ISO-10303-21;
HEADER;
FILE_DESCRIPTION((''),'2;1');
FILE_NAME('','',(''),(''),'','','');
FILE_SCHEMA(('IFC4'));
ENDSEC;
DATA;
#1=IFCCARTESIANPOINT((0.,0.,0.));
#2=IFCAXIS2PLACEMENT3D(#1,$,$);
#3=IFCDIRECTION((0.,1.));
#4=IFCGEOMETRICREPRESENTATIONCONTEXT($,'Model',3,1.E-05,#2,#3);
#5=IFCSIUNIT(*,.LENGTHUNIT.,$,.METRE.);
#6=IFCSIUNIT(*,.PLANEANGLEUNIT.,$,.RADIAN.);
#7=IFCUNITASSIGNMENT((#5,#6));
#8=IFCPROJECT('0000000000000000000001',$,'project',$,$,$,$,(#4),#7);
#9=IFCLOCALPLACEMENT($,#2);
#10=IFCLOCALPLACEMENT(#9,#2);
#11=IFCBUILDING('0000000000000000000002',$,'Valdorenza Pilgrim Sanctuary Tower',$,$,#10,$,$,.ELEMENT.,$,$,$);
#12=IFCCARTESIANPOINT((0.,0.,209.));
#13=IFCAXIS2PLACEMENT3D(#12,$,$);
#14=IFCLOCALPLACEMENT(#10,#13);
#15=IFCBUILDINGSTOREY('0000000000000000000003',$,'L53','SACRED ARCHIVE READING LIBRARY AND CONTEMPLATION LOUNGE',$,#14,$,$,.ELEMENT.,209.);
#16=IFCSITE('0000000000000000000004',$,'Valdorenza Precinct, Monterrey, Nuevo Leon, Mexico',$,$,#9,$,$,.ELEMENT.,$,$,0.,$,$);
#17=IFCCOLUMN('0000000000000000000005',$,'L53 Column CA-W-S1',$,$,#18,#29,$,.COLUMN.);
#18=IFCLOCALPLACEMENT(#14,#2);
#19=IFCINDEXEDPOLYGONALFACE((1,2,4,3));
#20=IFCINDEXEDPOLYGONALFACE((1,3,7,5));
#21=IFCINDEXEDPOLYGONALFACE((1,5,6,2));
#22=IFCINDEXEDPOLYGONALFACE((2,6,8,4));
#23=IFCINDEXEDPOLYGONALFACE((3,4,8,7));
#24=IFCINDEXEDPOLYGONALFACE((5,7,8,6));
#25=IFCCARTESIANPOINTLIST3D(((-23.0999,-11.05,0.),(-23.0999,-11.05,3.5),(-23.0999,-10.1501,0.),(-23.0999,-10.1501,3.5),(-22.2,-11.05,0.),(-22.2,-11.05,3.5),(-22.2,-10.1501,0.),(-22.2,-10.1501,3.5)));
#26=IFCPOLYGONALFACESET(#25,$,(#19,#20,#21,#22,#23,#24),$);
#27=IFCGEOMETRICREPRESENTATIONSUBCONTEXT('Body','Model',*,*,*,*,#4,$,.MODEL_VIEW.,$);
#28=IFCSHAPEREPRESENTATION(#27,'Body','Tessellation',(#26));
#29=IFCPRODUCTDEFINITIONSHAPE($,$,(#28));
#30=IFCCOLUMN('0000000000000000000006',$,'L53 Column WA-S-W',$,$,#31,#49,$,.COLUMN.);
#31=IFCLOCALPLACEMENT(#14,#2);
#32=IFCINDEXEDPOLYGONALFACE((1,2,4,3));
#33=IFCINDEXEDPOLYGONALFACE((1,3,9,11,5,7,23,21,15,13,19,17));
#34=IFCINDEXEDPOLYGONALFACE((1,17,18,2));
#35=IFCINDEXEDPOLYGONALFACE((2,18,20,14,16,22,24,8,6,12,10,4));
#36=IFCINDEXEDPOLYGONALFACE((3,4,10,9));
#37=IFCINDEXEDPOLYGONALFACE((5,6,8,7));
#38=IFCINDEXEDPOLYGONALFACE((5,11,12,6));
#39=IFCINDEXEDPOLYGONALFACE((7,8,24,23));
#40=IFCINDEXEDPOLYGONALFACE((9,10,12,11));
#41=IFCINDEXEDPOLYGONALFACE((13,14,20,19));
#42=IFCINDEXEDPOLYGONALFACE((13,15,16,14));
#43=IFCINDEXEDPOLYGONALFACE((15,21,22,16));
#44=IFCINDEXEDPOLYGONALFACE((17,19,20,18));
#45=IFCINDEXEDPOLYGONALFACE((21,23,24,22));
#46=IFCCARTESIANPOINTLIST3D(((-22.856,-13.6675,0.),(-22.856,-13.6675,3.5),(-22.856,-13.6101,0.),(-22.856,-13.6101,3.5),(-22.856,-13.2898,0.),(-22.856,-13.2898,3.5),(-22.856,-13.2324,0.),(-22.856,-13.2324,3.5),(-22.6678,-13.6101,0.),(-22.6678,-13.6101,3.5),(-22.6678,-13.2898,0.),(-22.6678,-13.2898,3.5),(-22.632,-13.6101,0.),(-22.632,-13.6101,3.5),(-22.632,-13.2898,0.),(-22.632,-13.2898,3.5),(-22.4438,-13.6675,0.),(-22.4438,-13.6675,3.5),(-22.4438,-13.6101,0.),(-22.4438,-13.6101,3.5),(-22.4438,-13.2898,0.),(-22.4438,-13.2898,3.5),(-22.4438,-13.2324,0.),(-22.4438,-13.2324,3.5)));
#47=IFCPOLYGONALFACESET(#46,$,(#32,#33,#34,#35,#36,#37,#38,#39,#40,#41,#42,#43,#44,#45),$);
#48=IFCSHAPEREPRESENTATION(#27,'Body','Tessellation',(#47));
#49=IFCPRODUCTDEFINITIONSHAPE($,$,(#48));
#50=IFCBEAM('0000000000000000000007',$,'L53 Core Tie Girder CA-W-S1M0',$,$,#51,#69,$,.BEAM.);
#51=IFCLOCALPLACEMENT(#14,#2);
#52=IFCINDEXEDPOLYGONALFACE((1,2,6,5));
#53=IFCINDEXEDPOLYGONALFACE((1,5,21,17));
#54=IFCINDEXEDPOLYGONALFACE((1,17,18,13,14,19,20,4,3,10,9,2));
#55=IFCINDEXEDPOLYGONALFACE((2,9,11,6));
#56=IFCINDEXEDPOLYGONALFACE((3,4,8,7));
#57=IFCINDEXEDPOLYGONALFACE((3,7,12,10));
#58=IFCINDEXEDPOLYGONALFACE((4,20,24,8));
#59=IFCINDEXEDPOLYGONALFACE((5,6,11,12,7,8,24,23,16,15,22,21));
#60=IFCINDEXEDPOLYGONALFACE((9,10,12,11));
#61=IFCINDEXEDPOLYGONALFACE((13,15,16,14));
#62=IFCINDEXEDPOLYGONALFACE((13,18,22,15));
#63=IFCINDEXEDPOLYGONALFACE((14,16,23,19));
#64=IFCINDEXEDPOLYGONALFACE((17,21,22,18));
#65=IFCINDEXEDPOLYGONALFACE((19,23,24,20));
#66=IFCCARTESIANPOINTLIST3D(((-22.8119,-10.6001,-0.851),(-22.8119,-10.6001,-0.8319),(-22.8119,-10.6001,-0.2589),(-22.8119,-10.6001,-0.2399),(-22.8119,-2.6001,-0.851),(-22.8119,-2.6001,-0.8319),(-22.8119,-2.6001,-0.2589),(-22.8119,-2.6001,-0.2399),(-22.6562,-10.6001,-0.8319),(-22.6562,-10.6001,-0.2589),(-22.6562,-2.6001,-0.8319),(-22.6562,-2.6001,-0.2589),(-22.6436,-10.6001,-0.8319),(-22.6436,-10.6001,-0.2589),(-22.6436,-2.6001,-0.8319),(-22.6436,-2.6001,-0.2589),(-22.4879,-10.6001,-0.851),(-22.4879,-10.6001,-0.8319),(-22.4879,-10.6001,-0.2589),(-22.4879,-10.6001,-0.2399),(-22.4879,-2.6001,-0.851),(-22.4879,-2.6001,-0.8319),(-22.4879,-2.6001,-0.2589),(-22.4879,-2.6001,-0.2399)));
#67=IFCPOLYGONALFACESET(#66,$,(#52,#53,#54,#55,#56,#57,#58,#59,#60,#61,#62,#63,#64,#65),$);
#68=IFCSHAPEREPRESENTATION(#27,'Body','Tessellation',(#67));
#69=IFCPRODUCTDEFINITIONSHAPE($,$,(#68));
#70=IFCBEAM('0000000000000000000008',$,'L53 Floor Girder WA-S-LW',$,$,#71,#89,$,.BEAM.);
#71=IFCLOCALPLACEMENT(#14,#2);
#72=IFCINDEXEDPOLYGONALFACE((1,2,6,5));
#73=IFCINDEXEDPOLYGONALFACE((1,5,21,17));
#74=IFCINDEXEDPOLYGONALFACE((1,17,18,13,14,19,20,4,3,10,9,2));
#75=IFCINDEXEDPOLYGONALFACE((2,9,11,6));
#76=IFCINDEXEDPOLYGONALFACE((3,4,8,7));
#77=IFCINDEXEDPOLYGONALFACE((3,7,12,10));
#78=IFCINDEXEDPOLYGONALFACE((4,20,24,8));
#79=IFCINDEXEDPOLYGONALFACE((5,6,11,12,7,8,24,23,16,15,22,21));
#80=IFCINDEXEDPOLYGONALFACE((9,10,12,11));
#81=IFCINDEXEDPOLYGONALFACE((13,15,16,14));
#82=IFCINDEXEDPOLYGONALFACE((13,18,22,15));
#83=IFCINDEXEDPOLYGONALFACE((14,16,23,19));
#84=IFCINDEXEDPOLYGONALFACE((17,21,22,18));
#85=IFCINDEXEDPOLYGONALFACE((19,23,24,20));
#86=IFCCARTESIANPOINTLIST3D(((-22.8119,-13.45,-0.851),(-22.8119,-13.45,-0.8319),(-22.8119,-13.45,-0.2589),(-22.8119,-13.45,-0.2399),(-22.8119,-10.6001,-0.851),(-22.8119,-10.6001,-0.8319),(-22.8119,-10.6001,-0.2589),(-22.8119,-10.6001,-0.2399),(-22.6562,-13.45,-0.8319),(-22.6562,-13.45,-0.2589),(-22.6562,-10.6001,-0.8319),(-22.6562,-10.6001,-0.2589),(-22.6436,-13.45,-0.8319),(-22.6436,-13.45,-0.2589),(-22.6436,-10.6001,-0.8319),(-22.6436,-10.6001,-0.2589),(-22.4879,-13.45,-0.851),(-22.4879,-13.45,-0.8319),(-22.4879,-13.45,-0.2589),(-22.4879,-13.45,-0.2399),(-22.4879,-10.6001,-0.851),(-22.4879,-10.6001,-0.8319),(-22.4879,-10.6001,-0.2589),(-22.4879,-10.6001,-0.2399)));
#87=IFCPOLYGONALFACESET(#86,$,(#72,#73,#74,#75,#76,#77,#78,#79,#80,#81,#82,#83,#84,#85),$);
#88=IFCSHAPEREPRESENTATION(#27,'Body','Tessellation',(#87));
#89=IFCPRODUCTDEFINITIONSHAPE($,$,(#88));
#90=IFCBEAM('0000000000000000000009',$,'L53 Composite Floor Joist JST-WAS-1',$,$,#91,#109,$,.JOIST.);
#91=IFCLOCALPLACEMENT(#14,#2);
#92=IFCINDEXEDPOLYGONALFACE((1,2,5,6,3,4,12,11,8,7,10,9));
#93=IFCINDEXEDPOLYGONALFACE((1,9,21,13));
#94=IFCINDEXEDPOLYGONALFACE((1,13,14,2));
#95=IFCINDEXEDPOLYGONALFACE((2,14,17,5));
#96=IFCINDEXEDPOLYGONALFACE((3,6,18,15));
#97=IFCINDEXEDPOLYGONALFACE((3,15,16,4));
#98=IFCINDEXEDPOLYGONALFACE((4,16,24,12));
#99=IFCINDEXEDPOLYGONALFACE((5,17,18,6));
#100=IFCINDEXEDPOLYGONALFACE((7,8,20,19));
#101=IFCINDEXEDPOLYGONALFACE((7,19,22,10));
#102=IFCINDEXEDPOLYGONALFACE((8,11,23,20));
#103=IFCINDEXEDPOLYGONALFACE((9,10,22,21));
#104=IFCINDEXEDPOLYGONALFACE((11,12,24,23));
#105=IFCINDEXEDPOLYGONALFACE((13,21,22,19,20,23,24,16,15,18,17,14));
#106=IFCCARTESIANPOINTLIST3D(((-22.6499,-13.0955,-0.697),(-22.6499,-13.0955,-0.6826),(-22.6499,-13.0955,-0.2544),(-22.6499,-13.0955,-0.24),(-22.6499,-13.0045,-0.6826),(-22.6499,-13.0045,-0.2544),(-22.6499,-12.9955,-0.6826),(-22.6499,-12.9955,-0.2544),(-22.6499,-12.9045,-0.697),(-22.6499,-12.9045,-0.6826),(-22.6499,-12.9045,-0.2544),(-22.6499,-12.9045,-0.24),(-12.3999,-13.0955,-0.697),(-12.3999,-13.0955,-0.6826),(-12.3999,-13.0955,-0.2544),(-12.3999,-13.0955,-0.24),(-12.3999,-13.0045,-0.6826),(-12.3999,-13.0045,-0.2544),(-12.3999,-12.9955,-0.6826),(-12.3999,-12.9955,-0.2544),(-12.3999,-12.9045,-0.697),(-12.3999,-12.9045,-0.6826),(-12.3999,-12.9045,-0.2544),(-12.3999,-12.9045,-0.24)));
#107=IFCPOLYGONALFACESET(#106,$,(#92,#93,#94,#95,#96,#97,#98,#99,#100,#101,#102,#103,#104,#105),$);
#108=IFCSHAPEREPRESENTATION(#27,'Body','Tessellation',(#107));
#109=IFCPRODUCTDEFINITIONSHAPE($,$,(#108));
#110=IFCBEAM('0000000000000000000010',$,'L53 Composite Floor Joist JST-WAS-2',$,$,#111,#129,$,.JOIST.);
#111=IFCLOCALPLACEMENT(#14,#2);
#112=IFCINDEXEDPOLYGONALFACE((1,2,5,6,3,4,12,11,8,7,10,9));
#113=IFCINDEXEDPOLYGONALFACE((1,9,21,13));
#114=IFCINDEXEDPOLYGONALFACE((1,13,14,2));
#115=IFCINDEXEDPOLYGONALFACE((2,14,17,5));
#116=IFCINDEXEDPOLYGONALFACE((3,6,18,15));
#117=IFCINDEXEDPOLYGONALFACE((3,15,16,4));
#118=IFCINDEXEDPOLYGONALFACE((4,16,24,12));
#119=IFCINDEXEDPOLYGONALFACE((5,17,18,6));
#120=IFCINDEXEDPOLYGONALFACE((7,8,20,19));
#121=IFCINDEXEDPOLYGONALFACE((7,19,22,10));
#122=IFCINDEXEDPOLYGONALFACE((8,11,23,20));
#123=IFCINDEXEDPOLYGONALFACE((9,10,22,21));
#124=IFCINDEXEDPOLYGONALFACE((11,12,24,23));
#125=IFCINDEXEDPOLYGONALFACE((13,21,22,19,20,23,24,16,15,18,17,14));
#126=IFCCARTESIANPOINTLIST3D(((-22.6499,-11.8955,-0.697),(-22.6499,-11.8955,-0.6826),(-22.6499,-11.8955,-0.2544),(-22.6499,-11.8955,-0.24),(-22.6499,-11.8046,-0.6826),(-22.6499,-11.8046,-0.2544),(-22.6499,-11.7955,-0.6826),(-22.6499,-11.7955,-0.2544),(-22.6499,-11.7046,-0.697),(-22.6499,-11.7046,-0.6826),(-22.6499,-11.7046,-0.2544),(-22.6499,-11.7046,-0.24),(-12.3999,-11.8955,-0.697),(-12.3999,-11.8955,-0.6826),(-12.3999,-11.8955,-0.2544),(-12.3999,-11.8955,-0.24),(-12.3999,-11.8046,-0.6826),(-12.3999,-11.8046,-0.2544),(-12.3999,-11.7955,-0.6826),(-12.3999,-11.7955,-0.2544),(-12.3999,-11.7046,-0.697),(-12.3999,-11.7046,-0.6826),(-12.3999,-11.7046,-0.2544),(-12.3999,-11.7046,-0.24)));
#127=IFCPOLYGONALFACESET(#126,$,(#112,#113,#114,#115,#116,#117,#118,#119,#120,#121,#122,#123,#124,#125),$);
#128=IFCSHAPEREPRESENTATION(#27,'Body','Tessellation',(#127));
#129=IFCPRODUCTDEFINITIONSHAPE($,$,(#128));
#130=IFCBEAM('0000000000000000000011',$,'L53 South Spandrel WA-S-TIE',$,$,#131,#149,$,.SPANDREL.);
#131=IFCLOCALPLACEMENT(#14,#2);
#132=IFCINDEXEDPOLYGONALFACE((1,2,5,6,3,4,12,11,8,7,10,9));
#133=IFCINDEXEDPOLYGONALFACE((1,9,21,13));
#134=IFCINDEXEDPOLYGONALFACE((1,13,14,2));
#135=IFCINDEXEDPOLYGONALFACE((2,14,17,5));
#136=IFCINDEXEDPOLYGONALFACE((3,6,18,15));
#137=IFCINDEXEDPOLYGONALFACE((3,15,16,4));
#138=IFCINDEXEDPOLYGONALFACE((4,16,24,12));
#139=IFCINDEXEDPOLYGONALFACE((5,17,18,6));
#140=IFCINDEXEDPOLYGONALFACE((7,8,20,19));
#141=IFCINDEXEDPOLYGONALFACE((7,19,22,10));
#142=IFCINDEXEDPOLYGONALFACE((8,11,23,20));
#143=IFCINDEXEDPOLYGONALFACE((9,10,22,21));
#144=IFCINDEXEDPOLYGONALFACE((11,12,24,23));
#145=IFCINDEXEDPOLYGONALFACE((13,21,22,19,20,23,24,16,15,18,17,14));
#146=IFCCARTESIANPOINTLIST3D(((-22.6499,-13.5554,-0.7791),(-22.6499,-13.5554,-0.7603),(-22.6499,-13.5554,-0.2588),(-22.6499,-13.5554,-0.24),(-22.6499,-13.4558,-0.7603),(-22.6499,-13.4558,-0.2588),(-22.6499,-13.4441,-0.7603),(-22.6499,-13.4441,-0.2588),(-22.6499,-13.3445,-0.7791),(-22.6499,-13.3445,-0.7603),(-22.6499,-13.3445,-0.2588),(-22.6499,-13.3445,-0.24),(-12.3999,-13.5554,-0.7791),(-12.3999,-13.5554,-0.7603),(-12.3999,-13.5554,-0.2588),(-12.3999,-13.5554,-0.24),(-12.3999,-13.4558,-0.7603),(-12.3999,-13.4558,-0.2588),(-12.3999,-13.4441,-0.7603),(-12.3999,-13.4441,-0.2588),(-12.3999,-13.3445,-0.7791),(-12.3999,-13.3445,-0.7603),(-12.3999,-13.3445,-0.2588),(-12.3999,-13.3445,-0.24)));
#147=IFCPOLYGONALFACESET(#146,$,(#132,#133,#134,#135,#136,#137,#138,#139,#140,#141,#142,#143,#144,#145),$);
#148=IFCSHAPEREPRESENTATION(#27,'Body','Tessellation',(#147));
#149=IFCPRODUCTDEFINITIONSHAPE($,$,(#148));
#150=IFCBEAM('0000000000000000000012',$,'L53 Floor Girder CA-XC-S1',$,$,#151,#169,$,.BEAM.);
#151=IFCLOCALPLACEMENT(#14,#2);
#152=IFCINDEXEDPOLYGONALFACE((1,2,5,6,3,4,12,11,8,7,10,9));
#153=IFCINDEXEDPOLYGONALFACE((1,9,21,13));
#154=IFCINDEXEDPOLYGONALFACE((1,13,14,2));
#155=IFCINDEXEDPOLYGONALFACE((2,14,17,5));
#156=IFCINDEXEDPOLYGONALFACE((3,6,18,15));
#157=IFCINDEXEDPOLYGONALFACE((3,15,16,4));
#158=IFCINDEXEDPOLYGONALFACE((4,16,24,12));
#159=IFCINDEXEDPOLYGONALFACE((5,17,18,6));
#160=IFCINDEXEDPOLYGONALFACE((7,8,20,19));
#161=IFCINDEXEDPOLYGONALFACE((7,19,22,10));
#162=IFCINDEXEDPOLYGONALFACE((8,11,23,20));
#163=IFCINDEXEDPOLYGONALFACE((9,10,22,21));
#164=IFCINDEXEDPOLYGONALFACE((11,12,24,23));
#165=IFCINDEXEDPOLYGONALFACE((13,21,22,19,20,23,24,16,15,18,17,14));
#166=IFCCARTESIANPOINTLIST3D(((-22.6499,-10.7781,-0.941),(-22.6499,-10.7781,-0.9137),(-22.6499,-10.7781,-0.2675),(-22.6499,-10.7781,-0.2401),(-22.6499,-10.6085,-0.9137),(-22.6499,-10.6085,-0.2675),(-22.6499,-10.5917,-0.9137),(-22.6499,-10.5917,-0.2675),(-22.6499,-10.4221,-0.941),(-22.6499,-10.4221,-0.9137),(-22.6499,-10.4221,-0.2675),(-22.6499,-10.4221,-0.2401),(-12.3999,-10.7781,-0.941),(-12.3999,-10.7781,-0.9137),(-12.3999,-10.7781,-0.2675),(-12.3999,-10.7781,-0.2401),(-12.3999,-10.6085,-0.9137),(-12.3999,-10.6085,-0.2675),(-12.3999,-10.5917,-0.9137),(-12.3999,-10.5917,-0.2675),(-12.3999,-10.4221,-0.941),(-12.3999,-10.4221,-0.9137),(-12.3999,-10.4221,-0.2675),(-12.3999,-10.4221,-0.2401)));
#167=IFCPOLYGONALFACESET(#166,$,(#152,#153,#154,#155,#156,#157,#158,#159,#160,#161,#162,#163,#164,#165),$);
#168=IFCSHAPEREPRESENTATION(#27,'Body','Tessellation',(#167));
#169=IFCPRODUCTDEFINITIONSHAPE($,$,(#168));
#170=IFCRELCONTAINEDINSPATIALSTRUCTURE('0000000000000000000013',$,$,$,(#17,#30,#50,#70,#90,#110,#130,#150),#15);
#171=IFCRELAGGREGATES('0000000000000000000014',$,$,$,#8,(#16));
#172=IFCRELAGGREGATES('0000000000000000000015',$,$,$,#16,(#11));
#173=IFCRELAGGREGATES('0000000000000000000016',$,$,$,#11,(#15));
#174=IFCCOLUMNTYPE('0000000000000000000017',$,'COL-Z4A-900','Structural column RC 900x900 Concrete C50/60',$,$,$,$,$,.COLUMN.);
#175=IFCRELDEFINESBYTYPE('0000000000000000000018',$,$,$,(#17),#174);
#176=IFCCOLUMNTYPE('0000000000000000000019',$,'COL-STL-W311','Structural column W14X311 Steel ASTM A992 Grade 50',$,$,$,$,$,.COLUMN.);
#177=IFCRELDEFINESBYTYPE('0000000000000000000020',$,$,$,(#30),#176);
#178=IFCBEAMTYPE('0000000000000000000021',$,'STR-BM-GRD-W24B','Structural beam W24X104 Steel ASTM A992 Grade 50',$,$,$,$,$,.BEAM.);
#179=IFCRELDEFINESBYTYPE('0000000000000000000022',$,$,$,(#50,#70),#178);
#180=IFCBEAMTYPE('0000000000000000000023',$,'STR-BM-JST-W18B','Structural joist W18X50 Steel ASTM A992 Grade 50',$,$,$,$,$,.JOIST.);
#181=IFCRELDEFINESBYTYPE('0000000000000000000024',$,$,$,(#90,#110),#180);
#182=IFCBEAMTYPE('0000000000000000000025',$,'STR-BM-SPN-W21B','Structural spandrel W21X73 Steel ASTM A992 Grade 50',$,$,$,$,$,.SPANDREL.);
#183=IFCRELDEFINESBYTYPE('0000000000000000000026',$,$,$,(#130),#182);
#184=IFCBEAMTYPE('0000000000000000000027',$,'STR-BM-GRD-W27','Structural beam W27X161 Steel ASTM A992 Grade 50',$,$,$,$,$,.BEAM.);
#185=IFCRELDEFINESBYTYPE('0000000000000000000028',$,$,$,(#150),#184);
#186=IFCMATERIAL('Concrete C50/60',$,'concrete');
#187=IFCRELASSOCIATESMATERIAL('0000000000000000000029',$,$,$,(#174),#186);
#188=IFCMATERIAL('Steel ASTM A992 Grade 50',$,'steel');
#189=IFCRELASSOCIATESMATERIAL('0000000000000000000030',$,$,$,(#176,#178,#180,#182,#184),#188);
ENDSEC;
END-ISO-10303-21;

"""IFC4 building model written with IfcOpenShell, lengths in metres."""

from ifc_helpers import new_model, si_unit, direction, frame, origin, origin_2d, place, context, subcontext, project, spatial, rectangle, i_section, extrude, source, transform, mapped, material, material_profile, profile_set, type_object, element, save


model = new_model("IFC4")

# Units and contexts
model_context = context("Model", 3, precision=1e-05, world=origin(), true_north=direction((0.0, 1.0)))
body_context = subcontext(model_context, "Body", "Model", "MODEL_VIEW")
ifc_project = project(units=[si_unit("LENGTHUNIT", "METRE"), si_unit("PLANEANGLEUNIT", "RADIAN")], contexts=[model_context])

# Site, building, storey
site_placement = place(None, origin())
site = spatial("IfcSite", under=ifc_project, at=site_placement, Name="Valdorenza Precinct, Monterrey, Nuevo Leon, Mexico", CompositionType="ELEMENT", RefElevation=0.0)
building_placement = place(site_placement, origin())
building = spatial("IfcBuilding", under=site, at=building_placement, Name="Valdorenza Pilgrim Sanctuary Tower", CompositionType="ELEMENT")
storey_placement = place(building_placement, frame((0.0, 0.0, 209.0)))
storey = spatial("IfcBuildingStorey", under=building, at=storey_placement, Name="L53", Description="SACRED ARCHIVE READING LIBRARY AND CONTEMPLATION LOUNGE", CompositionType="ELEMENT", Elevation=209.0)

# Columns
ifc_material_1 = material(Name="Concrete C50/60", Category="concrete")
ifc_material_profile_1 = material_profile(ifc_material_1, rectangle(XDim=0.8999, YDim=0.8999, at=origin_2d()), Name="RC 900x900")
ifc_profile_set_1 = profile_set([ifc_material_profile_1], Name="Concrete C50/60")
column_type_1 = type_object("IfcColumnType", Name="COL-Z4A-900", Description="Structural column RC 900x900 Concrete C50/60", PredefinedType="COLUMN", material=ifc_profile_set_1)
shared_shape_1 = source(origin(), body_context, "Body", "SweptSolid", [
    extrude(rectangle(XDim=0.8999, YDim=0.8999, at=origin_2d()), origin(), (0.0, 0.0, 1.0), 3.5),
])
column_1_placement = place(storey_placement, frame((-22.6499, -10.6001, 0.0), z_axis=(0.0, 0.0, 1.0), x_axis=(1.0, 0.0, 0.0)))
element("IfcColumn", 1, at=column_1_placement, inside=storey, type_object=column_type_1, Name="L53 Column CA-W-S1", PredefinedType="COLUMN", context=body_context, shape_type="MappedRepresentation", body=[
    mapped(shared_shape_1, transform((0.0, 0.0, 0.0), x_axis=(1.0, 0.0, 0.0), y_axis=(0.0, 1.0, 0.0), z_axis=(0.0, 0.0, 1.0), scale=1.0)),
])
ifc_material_2 = material(Name="Steel ASTM A992 Grade 50", Category="steel")
ifc_material_profile_2 = material_profile(ifc_material_2, i_section(OverallWidth=0.4121, OverallDepth=0.4351, WebThickness=0.0359, FlangeThickness=0.0574, at=origin_2d()), Name="W14X311")
ifc_profile_set_2 = profile_set([ifc_material_profile_2], Name="Steel ASTM A992 Grade 50")
column_type_2 = type_object("IfcColumnType", Name="COL-STL-W311", Description="Structural column W14X311 Steel ASTM A992 Grade 50", PredefinedType="COLUMN", material=ifc_profile_set_2)
shared_shape_2 = source(origin(), body_context, "Body", "SweptSolid", [
    extrude(i_section(OverallWidth=0.4121, OverallDepth=0.4351, WebThickness=0.0359, FlangeThickness=0.0574, at=origin_2d()), origin(), (0.0, 0.0, 1.0), 3.5),
])
column_2_placement = place(storey_placement, frame((-22.6499, -13.45, 0.0), z_axis=(0.0, 0.0, 1.0), x_axis=(1.0, 0.0, 0.0)))
element("IfcColumn", 2, at=column_2_placement, inside=storey, type_object=column_type_2, Name="L53 Column WA-S-W", PredefinedType="COLUMN", context=body_context, shape_type="MappedRepresentation", body=[
    mapped(shared_shape_2, transform((0.0, 0.0, 0.0), x_axis=(1.0, 0.0, 0.0), y_axis=(0.0, 1.0, 0.0), z_axis=(0.0, 0.0, 1.0), scale=1.0)),
])

# Beams
ifc_material_profile_3 = material_profile(ifc_material_2, i_section(OverallWidth=0.324, OverallDepth=0.6111, WebThickness=0.0127, FlangeThickness=0.019, at=origin_2d()), Name="W24X104")
ifc_profile_set_3 = profile_set([ifc_material_profile_3], Name="Steel ASTM A992 Grade 50")
beam_type_1 = type_object("IfcBeamType", Name="STR-BM-GRD-W24B", Description="Structural beam W24X104 Steel ASTM A992 Grade 50", PredefinedType="BEAM", material=ifc_profile_set_3)
shared_shape_3 = source(origin(), body_context, "Body", "SweptSolid", [
    extrude(i_section(OverallWidth=0.324, OverallDepth=0.6111, WebThickness=0.0127, FlangeThickness=0.019, at=origin_2d()), origin(), (0.0, 0.0, 1.0), 8.0),
])
beam_1_placement = place(storey_placement, frame((-22.6499, -10.6001, -0.5454), z_axis=(0.0, 1.0, 0.0), x_axis=(-1.0, 0.0, 0.0)))
element("IfcBeam", 3, at=beam_1_placement, inside=storey, type_object=beam_type_1, Name="L53 Core Tie Girder CA-W-S1M0", PredefinedType="BEAM", context=body_context, shape_type="MappedRepresentation", body=[
    mapped(shared_shape_3, transform((0.0, 0.0, 0.0), x_axis=(1.0, 0.0, 0.0), y_axis=(0.0, 1.0, 0.0), z_axis=(0.0, 0.0, 1.0), scale=1.0)),
])
shared_shape_4 = source(origin(), body_context, "Body", "SweptSolid", [
    extrude(i_section(OverallWidth=0.324, OverallDepth=0.6111, WebThickness=0.0127, FlangeThickness=0.019, at=origin_2d()), origin(), (0.0, 0.0, 1.0), 2.8499),
])
beam_2_placement = place(storey_placement, frame((-22.6499, -13.45, -0.5454), z_axis=(0.0, 1.0, 0.0), x_axis=(-1.0, 0.0, 0.0)))
element("IfcBeam", 4, at=beam_2_placement, inside=storey, type_object=beam_type_1, Name="L53 Floor Girder WA-S-LW", PredefinedType="BEAM", context=body_context, shape_type="MappedRepresentation", body=[
    mapped(shared_shape_4, transform((0.0, 0.0, 0.0), x_axis=(1.0, 0.0, 0.0), y_axis=(0.0, 1.0, 0.0), z_axis=(0.0, 0.0, 1.0), scale=1.0)),
])
ifc_material_profile_4 = material_profile(ifc_material_2, i_section(OverallWidth=0.1909, OverallDepth=0.457, WebThickness=0.009, FlangeThickness=0.0144, at=origin_2d()), Name="W18X50")
ifc_profile_set_4 = profile_set([ifc_material_profile_4], Name="Steel ASTM A992 Grade 50")
beam_type_2 = type_object("IfcBeamType", Name="STR-BM-JST-W18B", Description="Structural joist W18X50 Steel ASTM A992 Grade 50", PredefinedType="JOIST", material=ifc_profile_set_4)
shared_shape_5 = source(origin(), body_context, "Body", "SweptSolid", [
    extrude(i_section(OverallWidth=0.1909, OverallDepth=0.457, WebThickness=0.009, FlangeThickness=0.0144, at=origin_2d()), origin(), (0.0, 0.0, 1.0), 10.25),
])
for number, where, z_axis, x_axis, name in (
    (5, (-22.6499, -13.0, -0.4685), (1.0, 0.0, 0.0), (0.0, 1.0, 0.0), "L53 Composite Floor Joist JST-WAS-1"),
    (6, (-22.6499, -11.8, -0.4685), (1.0, 0.0, 0.0), (0.0, 1.0, 0.0), "L53 Composite Floor Joist JST-WAS-2"),
):
    element("IfcBeam", number, at=place(storey_placement, frame(where, z_axis=z_axis, x_axis=x_axis)), inside=storey, type_object=beam_type_2, Name=name, PredefinedType="JOIST", context=body_context, shape_type="MappedRepresentation", body=[
        mapped(shared_shape_5, transform((0.0, 0.0, 0.0), x_axis=(1.0, 0.0, 0.0), y_axis=(0.0, 1.0, 0.0), z_axis=(0.0, 0.0, 1.0), scale=1.0)),
    ])
ifc_material_profile_5 = material_profile(ifc_material_2, i_section(OverallWidth=0.2109, OverallDepth=0.5391, WebThickness=0.0117, FlangeThickness=0.0188, at=origin_2d()), Name="W21X73")
ifc_profile_set_5 = profile_set([ifc_material_profile_5], Name="Steel ASTM A992 Grade 50")
beam_type_3 = type_object("IfcBeamType", Name="STR-BM-SPN-W21B", Description="Structural spandrel W21X73 Steel ASTM A992 Grade 50", PredefinedType="SPANDREL", material=ifc_profile_set_5)
shared_shape_6 = source(origin(), body_context, "Body", "SweptSolid", [
    extrude(i_section(OverallWidth=0.2109, OverallDepth=0.5391, WebThickness=0.0117, FlangeThickness=0.0188, at=origin_2d()), origin(), (0.0, 0.0, 1.0), 10.25),
])
beam_3_placement = place(storey_placement, frame((-22.6499, -13.45, -0.5095), z_axis=(1.0, 0.0, 0.0), x_axis=(0.0, 1.0, 0.0)))
element("IfcBeam", 7, at=beam_3_placement, inside=storey, type_object=beam_type_3, Name="L53 South Spandrel WA-S-TIE", PredefinedType="SPANDREL", context=body_context, shape_type="MappedRepresentation", body=[
    mapped(shared_shape_6, transform((0.0, 0.0, 0.0), x_axis=(1.0, 0.0, 0.0), y_axis=(0.0, 1.0, 0.0), z_axis=(0.0, 0.0, 1.0), scale=1.0)),
])
ifc_material_profile_6 = material_profile(ifc_material_2, i_section(OverallWidth=0.356, OverallDepth=0.7009, WebThickness=0.0168, FlangeThickness=0.0273, at=origin_2d()), Name="W27X161")
ifc_profile_set_6 = profile_set([ifc_material_profile_6], Name="Steel ASTM A992 Grade 50")
beam_type_4 = type_object("IfcBeamType", Name="STR-BM-GRD-W27", Description="Structural beam W27X161 Steel ASTM A992 Grade 50", PredefinedType="BEAM", material=ifc_profile_set_6)
shared_shape_7 = source(origin(), body_context, "Body", "SweptSolid", [
    extrude(i_section(OverallWidth=0.356, OverallDepth=0.7009, WebThickness=0.0168, FlangeThickness=0.0273, at=origin_2d()), origin(), (0.0, 0.0, 1.0), 10.25),
])
beam_4_placement = place(storey_placement, frame((-22.6499, -10.6001, -0.5906), z_axis=(1.0, 0.0, 0.0), x_axis=(0.0, 1.0, 0.0)))
element("IfcBeam", 8, at=beam_4_placement, inside=storey, type_object=beam_type_4, Name="L53 Floor Girder CA-XC-S1", PredefinedType="BEAM", context=body_context, shape_type="MappedRepresentation", body=[
    mapped(shared_shape_7, transform((0.0, 0.0, 0.0), x_axis=(1.0, 0.0, 0.0), y_axis=(0.0, 1.0, 0.0), z_axis=(0.0, 0.0, 1.0), scale=1.0)),
])

save(model, "model.ifc")
